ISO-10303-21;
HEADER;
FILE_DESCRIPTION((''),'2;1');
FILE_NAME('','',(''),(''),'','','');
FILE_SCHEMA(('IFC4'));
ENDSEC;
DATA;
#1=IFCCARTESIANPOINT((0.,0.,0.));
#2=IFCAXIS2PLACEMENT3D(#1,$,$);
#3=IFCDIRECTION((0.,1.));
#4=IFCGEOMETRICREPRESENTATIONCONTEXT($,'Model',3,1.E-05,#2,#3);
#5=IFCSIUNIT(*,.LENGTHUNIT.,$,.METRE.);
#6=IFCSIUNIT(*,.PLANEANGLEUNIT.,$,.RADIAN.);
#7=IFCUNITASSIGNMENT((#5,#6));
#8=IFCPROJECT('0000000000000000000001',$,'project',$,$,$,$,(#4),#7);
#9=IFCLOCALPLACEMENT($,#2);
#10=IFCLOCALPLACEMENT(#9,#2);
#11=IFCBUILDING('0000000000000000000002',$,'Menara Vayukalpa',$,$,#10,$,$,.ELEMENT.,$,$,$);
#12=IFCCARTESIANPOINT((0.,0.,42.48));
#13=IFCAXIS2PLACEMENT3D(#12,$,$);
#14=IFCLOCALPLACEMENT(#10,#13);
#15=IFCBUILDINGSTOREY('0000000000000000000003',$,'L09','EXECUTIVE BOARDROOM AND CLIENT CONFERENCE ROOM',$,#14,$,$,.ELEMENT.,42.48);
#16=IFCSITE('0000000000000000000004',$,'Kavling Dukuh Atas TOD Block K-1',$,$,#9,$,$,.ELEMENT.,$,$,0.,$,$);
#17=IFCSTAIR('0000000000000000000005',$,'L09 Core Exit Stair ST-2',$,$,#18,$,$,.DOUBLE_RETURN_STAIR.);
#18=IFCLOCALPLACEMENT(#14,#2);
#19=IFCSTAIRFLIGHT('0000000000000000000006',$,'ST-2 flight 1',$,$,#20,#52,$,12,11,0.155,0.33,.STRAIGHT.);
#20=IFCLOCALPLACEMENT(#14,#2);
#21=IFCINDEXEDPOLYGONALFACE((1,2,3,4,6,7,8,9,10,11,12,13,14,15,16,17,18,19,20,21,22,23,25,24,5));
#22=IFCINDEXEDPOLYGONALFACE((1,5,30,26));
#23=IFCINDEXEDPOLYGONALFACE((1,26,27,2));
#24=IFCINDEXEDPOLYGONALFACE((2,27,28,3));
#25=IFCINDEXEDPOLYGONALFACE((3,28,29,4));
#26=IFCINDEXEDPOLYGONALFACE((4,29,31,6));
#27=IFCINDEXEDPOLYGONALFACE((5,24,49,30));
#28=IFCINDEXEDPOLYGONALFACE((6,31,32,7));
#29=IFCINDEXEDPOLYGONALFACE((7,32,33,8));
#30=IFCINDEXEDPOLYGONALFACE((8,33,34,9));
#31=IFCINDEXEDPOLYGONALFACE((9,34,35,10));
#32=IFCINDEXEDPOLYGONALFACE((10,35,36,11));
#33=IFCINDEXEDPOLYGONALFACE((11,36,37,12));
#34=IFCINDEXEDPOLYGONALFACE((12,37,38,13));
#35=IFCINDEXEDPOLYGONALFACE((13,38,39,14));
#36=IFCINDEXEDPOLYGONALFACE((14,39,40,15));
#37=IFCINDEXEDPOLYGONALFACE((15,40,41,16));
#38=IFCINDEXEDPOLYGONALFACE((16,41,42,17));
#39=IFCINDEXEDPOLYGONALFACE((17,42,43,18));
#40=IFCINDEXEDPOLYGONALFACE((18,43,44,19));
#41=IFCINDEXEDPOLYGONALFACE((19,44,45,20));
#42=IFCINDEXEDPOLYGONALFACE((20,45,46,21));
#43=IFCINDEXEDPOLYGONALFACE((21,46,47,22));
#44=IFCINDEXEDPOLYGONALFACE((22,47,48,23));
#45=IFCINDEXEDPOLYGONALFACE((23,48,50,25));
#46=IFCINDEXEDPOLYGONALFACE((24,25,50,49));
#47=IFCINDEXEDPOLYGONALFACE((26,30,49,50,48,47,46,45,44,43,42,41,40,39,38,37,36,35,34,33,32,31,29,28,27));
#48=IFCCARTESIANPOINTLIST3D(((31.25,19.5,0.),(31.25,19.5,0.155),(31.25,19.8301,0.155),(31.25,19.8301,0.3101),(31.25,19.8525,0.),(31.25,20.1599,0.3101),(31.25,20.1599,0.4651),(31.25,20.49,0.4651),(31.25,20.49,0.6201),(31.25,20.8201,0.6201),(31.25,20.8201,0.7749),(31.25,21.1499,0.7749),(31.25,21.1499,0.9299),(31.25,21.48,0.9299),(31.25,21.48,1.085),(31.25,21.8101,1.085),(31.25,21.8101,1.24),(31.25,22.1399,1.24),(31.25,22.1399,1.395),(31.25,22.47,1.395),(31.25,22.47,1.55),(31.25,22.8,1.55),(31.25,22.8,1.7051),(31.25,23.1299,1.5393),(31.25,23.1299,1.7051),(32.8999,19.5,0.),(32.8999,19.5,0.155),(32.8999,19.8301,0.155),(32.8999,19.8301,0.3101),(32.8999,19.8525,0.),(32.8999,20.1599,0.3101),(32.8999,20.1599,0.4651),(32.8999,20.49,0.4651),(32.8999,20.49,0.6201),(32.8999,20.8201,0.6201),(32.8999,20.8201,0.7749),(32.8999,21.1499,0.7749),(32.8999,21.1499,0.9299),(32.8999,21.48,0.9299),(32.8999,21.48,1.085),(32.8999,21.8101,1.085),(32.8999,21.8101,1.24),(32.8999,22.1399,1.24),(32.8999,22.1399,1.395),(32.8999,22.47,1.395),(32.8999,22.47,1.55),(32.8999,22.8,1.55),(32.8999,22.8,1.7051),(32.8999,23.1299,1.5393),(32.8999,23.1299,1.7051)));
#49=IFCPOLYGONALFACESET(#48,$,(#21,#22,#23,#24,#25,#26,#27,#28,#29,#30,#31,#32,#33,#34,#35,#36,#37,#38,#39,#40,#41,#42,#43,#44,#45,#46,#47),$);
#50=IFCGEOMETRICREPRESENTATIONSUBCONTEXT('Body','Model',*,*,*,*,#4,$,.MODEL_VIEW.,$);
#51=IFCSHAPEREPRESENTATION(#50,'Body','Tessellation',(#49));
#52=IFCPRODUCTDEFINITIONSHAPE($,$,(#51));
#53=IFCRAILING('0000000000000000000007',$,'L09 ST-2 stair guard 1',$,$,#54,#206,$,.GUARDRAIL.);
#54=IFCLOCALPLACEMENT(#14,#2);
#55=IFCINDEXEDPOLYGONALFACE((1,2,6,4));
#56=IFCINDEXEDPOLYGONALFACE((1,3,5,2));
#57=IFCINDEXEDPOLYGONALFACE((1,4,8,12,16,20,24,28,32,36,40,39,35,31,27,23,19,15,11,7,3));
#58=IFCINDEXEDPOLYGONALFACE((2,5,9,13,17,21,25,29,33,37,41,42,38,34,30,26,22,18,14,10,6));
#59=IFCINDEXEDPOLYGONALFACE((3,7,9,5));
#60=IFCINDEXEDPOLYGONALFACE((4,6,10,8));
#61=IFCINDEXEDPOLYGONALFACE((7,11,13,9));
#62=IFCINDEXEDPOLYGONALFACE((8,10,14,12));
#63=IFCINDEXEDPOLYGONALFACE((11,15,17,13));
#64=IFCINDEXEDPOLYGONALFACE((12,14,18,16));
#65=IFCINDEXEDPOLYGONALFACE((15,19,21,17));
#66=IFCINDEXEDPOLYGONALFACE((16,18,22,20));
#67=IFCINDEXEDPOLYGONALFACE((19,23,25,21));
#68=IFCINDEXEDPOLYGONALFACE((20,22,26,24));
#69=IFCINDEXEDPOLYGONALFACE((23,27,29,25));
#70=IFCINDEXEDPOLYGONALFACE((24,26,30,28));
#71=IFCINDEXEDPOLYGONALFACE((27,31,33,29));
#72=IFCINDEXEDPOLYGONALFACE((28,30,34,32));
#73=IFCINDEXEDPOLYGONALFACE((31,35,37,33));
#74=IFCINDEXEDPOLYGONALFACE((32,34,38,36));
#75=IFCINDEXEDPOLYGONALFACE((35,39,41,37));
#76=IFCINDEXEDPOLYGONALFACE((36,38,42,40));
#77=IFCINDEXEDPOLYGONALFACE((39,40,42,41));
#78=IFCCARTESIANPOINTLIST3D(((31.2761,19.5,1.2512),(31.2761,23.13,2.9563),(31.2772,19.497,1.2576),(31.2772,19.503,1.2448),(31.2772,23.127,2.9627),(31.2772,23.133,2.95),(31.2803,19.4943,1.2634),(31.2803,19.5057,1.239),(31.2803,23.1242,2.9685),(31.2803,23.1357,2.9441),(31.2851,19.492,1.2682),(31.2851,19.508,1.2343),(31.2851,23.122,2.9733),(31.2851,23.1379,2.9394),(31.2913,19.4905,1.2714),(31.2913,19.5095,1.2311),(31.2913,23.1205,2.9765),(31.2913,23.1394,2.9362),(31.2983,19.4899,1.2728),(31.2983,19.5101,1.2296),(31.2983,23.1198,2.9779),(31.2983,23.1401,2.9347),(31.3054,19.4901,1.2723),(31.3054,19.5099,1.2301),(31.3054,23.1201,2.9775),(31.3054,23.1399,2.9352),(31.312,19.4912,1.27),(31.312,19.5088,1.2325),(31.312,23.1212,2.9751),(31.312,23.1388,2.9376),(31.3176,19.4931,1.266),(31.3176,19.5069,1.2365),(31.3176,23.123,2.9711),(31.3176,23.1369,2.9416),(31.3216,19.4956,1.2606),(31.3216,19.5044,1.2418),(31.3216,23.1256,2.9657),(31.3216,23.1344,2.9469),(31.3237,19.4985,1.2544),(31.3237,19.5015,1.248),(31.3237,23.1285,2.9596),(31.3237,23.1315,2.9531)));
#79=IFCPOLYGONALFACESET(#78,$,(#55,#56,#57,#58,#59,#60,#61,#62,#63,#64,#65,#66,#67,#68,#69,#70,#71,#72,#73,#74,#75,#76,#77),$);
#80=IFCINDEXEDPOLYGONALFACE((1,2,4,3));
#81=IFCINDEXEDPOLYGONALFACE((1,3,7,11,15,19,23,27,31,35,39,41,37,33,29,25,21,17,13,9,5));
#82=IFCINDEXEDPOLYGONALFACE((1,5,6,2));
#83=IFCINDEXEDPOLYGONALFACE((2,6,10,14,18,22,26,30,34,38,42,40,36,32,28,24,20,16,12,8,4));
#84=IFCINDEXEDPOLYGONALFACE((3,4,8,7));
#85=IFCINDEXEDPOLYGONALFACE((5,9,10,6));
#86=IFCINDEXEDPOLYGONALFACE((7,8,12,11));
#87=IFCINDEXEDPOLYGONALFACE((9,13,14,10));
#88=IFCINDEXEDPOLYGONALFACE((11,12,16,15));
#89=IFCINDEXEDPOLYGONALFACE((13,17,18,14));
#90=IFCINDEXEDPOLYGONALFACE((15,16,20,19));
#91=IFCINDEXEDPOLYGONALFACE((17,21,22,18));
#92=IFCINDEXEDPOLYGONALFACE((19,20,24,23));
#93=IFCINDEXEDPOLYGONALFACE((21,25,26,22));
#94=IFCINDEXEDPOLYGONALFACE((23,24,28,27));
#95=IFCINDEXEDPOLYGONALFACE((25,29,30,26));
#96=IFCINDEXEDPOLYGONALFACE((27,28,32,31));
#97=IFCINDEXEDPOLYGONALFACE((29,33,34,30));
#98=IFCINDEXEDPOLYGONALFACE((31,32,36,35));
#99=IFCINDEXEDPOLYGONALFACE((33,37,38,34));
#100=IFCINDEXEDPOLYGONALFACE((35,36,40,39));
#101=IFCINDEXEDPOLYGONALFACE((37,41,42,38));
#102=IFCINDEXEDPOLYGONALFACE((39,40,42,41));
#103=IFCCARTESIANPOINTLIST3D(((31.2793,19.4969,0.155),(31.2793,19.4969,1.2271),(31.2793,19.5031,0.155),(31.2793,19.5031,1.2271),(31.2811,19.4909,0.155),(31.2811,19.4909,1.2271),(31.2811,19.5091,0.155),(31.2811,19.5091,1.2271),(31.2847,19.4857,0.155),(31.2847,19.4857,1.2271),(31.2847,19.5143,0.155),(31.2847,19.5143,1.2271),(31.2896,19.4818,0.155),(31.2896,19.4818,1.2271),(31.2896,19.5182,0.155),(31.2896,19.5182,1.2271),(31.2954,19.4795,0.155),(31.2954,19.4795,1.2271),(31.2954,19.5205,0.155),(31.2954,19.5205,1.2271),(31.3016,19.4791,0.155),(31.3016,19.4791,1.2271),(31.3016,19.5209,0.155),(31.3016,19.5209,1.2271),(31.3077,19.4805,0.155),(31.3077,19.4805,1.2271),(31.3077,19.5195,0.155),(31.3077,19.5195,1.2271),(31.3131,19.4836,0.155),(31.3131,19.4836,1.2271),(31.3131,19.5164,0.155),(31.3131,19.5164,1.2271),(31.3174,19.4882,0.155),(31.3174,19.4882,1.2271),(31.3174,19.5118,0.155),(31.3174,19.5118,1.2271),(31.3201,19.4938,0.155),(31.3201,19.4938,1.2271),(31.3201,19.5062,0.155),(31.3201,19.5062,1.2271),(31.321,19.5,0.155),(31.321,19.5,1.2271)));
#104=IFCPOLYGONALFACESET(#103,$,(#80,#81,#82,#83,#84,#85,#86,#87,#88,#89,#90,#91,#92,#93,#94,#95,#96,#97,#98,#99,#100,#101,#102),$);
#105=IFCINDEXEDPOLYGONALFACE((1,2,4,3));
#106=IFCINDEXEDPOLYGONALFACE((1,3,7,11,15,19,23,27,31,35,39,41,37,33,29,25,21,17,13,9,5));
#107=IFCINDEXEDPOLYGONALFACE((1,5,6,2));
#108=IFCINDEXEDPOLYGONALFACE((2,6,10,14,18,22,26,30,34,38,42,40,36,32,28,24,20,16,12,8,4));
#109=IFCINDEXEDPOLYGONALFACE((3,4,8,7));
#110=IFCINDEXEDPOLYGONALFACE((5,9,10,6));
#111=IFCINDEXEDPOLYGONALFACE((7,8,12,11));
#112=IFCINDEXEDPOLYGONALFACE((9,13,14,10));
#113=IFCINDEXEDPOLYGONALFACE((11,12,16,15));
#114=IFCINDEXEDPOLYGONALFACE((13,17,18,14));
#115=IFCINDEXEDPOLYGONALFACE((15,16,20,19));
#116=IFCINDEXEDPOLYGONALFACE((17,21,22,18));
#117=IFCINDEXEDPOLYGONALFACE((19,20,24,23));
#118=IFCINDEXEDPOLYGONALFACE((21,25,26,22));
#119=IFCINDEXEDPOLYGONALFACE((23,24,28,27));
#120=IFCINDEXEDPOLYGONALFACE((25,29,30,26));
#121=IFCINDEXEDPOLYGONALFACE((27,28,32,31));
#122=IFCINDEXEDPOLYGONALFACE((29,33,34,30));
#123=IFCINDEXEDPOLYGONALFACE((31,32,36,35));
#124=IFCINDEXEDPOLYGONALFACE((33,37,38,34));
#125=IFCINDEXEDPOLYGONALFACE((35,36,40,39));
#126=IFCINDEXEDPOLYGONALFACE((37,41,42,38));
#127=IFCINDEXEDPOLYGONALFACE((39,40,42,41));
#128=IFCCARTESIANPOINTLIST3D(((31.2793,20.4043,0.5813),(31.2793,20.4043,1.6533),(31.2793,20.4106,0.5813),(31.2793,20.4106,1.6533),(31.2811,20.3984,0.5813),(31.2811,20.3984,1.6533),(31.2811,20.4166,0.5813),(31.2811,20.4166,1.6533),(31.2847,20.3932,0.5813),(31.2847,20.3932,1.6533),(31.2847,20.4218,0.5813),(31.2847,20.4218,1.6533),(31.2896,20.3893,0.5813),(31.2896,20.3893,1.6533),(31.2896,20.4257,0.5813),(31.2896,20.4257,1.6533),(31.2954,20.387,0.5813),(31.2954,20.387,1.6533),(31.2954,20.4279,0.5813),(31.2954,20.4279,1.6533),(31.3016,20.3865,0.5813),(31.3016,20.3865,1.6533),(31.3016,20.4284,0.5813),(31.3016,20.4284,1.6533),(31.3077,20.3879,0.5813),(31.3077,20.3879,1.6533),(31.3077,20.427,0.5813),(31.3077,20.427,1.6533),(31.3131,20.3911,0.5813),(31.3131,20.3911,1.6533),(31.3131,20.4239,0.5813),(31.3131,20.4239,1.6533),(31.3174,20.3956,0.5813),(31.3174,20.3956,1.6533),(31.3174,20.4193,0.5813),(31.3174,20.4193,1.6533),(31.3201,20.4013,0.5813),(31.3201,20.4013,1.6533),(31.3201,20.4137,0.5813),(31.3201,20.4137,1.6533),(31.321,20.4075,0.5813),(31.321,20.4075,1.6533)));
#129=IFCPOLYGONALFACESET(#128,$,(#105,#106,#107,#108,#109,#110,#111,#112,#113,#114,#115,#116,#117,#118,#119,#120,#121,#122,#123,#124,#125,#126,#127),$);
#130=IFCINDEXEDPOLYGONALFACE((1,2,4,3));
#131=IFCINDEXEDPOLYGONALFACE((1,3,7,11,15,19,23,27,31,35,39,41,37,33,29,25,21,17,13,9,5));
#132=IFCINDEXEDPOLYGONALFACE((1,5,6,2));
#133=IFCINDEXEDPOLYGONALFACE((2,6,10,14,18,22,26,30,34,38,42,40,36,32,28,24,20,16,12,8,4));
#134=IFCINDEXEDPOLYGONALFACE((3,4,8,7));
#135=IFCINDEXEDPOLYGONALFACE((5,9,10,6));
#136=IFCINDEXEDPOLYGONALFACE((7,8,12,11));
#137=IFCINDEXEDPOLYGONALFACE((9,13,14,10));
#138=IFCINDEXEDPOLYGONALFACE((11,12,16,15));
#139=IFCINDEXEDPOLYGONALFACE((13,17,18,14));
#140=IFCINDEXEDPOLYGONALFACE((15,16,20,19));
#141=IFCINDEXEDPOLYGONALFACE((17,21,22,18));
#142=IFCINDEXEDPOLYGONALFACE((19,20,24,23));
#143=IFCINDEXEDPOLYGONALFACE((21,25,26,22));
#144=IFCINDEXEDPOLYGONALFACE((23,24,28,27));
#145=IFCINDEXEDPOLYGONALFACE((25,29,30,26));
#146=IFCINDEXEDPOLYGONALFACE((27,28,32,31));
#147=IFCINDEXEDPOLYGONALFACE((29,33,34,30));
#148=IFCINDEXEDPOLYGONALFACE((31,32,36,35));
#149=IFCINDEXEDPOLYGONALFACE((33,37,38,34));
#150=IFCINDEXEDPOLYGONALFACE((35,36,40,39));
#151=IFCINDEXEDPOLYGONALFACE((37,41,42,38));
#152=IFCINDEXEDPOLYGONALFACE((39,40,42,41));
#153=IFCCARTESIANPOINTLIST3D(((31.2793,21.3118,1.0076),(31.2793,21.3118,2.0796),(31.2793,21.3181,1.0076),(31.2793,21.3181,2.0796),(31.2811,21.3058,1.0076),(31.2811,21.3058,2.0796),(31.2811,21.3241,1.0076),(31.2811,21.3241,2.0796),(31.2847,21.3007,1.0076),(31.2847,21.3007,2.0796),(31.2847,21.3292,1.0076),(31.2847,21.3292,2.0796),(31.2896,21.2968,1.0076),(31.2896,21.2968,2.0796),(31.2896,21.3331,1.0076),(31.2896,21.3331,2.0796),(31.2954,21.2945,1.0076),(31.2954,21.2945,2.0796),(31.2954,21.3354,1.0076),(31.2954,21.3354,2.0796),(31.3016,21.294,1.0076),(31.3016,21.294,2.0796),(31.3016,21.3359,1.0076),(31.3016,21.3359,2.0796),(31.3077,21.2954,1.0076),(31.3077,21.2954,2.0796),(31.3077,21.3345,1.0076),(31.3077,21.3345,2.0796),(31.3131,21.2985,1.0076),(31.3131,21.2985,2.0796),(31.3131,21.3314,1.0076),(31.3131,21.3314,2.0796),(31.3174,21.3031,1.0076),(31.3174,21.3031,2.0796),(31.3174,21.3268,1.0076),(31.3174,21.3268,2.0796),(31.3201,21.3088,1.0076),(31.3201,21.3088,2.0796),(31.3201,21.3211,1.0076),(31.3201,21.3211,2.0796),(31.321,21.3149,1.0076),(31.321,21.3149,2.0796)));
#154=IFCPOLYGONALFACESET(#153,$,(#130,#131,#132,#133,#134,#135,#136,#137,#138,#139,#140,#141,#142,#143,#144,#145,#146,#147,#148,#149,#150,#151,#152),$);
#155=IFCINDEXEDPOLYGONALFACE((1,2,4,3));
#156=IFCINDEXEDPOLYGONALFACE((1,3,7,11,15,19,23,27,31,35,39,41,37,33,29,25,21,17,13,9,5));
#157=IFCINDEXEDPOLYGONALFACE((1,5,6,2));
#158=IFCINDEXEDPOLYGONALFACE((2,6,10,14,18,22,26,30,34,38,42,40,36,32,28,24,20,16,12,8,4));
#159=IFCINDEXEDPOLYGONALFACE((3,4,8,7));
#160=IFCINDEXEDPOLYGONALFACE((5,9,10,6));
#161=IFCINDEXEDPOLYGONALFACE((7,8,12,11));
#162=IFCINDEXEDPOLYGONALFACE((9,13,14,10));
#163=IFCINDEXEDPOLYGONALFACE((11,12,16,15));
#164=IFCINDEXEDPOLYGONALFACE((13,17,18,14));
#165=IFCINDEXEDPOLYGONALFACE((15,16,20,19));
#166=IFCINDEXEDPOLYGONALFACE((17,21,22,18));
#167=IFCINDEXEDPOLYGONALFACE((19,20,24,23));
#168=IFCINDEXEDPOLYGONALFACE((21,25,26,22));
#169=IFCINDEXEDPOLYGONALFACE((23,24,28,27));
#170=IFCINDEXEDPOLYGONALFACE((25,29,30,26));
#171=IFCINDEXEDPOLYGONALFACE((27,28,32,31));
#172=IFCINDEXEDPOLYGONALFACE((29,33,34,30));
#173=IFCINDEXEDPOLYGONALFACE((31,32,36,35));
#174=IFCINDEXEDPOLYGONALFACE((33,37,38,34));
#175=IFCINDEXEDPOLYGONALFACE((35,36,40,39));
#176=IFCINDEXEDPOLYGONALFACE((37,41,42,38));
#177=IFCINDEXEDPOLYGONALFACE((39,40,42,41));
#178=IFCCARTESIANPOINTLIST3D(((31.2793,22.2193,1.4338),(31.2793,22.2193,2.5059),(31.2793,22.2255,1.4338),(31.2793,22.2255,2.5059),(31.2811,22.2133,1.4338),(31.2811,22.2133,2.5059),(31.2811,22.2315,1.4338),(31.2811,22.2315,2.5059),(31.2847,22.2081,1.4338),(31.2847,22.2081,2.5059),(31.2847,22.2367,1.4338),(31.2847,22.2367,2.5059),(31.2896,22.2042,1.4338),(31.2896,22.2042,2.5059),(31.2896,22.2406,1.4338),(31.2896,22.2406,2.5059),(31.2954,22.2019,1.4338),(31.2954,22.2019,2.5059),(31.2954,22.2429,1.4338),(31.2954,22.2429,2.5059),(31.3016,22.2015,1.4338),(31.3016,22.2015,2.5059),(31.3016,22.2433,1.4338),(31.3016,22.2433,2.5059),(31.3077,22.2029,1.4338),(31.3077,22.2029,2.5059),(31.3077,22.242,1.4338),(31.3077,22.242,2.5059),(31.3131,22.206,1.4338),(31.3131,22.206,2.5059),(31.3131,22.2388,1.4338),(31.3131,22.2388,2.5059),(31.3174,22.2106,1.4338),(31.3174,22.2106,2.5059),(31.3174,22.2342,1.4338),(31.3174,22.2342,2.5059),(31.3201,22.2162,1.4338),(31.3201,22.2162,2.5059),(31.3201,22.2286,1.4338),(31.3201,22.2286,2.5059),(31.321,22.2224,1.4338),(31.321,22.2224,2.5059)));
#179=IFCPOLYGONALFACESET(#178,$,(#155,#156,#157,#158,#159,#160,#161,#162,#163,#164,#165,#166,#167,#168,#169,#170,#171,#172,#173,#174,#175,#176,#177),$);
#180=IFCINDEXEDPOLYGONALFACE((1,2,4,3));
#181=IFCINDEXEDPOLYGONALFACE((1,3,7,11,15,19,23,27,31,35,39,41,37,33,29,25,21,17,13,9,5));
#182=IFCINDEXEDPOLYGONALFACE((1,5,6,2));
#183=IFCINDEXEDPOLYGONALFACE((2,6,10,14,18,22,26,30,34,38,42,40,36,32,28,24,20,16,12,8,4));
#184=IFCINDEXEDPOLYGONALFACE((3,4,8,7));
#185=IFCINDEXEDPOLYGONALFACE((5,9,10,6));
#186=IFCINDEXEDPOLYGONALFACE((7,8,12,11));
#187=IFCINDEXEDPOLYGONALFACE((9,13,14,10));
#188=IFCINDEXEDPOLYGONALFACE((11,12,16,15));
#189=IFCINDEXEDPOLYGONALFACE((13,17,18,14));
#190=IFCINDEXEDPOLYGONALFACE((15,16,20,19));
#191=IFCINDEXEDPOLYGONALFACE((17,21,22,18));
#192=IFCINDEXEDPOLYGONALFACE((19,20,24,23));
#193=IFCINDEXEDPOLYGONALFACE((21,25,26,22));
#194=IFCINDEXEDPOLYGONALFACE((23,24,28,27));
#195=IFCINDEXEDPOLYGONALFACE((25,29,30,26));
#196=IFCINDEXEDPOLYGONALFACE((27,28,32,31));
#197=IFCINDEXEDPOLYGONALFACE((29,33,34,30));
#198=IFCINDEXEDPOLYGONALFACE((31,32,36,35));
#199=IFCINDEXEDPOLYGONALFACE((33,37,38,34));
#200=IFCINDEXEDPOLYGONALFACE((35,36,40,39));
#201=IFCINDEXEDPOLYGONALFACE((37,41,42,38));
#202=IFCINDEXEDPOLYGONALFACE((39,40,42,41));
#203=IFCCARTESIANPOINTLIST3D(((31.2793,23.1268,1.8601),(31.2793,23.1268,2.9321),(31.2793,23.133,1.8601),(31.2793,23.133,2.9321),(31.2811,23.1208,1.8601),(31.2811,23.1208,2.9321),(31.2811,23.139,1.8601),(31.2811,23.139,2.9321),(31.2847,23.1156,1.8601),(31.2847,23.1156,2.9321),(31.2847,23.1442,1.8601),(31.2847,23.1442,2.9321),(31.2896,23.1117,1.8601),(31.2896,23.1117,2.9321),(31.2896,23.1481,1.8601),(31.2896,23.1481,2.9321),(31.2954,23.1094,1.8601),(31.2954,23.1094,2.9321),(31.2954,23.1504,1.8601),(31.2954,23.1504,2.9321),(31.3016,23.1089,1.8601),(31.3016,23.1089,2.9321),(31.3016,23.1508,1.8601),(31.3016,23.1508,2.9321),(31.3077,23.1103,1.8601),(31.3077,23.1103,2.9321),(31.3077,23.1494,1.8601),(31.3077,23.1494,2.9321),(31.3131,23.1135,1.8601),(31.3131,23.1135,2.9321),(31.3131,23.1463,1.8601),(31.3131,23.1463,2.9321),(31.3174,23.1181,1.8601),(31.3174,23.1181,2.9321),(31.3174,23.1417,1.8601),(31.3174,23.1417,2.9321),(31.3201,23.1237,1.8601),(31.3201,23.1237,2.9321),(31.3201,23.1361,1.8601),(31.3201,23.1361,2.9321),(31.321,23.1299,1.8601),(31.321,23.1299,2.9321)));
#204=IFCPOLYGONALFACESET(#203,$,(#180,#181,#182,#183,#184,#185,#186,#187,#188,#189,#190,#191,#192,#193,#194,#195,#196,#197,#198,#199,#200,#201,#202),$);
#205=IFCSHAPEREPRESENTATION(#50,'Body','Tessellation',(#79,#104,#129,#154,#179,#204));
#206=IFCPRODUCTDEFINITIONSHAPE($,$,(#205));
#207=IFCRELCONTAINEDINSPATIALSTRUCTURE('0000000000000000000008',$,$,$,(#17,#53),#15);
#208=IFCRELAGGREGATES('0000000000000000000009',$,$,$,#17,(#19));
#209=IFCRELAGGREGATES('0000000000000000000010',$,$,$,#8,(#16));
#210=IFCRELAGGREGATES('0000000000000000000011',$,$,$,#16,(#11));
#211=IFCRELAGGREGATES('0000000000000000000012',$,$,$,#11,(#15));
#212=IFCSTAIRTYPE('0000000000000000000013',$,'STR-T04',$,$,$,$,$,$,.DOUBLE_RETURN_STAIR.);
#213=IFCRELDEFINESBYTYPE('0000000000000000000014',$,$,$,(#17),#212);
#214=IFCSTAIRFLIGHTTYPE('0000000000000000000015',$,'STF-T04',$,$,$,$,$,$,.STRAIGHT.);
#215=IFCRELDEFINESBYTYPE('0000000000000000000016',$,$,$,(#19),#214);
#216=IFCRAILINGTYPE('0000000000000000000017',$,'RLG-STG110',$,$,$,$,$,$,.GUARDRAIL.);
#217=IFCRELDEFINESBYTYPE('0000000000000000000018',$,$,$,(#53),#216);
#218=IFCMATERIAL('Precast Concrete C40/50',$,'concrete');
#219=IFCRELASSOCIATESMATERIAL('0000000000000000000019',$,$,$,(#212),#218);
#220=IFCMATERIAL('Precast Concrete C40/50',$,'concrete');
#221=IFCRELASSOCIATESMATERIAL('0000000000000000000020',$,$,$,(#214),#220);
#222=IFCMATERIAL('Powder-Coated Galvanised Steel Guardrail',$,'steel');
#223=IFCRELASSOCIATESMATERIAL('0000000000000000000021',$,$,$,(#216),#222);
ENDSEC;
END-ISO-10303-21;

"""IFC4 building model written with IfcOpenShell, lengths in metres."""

from ifc_helpers import new_model, si_unit, direction, frame, origin, origin_2d, place, context, subcontext, project, spatial, polyline, circle, outline, extrude, material, type_object, element, aggregate, save


model = new_model("IFC4")

# Units and contexts
model_context = context("Model", 3, precision=1e-05, world=origin(), true_north=direction((0.0, 1.0)))
body_context = subcontext(model_context, "Body", "Model", "MODEL_VIEW")
ifc_project = project(units=[si_unit("LENGTHUNIT", "METRE"), si_unit("PLANEANGLEUNIT", "RADIAN")], contexts=[model_context])

# Site, building, storey
site_placement = place(None, origin())
site = spatial("IfcSite", under=ifc_project, at=site_placement, Name="Kavling Dukuh Atas TOD Block K-1", CompositionType="ELEMENT", RefElevation=0.0)
building_placement = place(site_placement, origin())
building = spatial("IfcBuilding", under=site, at=building_placement, Name="Menara Vayukalpa", CompositionType="ELEMENT")
storey_placement = place(building_placement, frame((0.0, 0.0, 42.48)))
storey = spatial("IfcBuildingStorey", under=building, at=storey_placement, Name="L09", Description="EXECUTIVE BOARDROOM AND CLIENT CONFERENCE ROOM", CompositionType="ELEMENT", Elevation=42.48)

# Stair, stair flight
ifc_material_1 = material(Name="Precast Concrete C40/50", Category="concrete")
stair_type = type_object("IfcStairType", Name="STR-T04", PredefinedType="DOUBLE_RETURN_STAIR", material=ifc_material_1)
stair_placement = place(storey_placement, origin())
stair = element("IfcStair", 1, at=stair_placement, inside=storey, type_object=stair_type, Name="L09 Core Exit Stair ST-2", PredefinedType="DOUBLE_RETURN_STAIR")
ifc_material_2 = material(Name="Precast Concrete C40/50", Category="concrete")
stair_flight_type = type_object("IfcStairFlightType", Name="STF-T04", PredefinedType="STRAIGHT", material=ifc_material_2)
stair_flight_placement = place(storey_placement, frame((32.075, 19.5, 0.0), z_axis=(0.0, 0.0, 1.0), x_axis=(0.0, 1.0, 0.0)))
stair_flight = element("IfcStairFlight", 2, at=stair_flight_placement, type_object=stair_flight_type, Name="ST-2 flight 1", NumberOfRisers=12, NumberOfTreads=11, PredefinedType="STRAIGHT", RiserHeight=0.155, TreadLength=0.33, context=body_context, shape_type="SweptSolid", body=[
    extrude(outline(polyline([(0.0, 0.0), (0.0, 0.155), (0.3301, 0.155), (0.3301, 0.3101), (0.6599, 0.3101), (0.6599, 0.4651), (0.99, 0.4651), (0.99, 0.6201), (1.3201, 0.6201), (1.3201, 0.7749), (1.6499, 0.7749), (1.6499, 0.9299), (1.98, 0.9299), (1.98, 1.085), (2.3101, 1.085), (2.3101, 1.24), (2.6399, 1.24), (2.6399, 1.395), (2.97, 1.395), (2.97, 1.55), (3.3, 1.55), (3.3, 1.7051), (3.6299, 1.7051), (3.6299, 1.8601), (3.6299, 1.5393), (0.3525, 0.0), (0.0, 0.0)])), frame((0.0, 0.825, 0.0), z_axis=(0.0, -1.0, 0.0), x_axis=(1.0, 0.0, 0.0)), (0.0, 0.0, 1.0), 1.6499),
])
aggregate(stair, [stair_flight])

# Railing
ifc_material_3 = material(Name="Powder-Coated Galvanised Steel Guardrail", Category="steel")
railing_type_1 = type_object("IfcRailingType", Name="RLG-STG110", PredefinedType="GUARDRAIL", material=ifc_material_3)
railing_1_placement = place(storey_placement, frame((31.3, 19.5, 0.155)))
element("IfcRailing", 3, at=railing_1_placement, inside=storey, type_object=railing_type_1, Name="L09 ST-2 stair guard 1", PredefinedType="GUARDRAIL", context=body_context, shape_type="SweptSolid", body=[
    extrude(circle(Radius=0.0239, at=origin_2d()), frame((0.0, 0.0, 1.0962), z_axis=(0.0, 0.905116, 0.425164), x_axis=(-1.0, 0.0, 0.0)), (0.0, 0.0, 1.0), 4.0105),
    extrude(circle(Radius=0.021, at=origin_2d()), origin(), (0.0, 0.0, 1.0), 1.072),
    extrude(circle(Radius=0.021, at=origin_2d()), frame((0.0, 0.9075, 0.4263)), (0.0, 0.0, 1.0), 1.072),
    extrude(circle(Radius=0.021, at=origin_2d()), frame((0.0, 1.8149, 0.8525)), (0.0, 0.0, 1.0), 1.072),
    extrude(circle(Radius=0.021, at=origin_2d()), frame((0.0, 2.7224, 1.2788)), (0.0, 0.0, 1.0), 1.072),
    extrude(circle(Radius=0.021, at=origin_2d()), frame((0.0, 3.6299, 1.7051)), (0.0, 0.0, 1.0), 1.072),
])

save(model, "model.ifc")
